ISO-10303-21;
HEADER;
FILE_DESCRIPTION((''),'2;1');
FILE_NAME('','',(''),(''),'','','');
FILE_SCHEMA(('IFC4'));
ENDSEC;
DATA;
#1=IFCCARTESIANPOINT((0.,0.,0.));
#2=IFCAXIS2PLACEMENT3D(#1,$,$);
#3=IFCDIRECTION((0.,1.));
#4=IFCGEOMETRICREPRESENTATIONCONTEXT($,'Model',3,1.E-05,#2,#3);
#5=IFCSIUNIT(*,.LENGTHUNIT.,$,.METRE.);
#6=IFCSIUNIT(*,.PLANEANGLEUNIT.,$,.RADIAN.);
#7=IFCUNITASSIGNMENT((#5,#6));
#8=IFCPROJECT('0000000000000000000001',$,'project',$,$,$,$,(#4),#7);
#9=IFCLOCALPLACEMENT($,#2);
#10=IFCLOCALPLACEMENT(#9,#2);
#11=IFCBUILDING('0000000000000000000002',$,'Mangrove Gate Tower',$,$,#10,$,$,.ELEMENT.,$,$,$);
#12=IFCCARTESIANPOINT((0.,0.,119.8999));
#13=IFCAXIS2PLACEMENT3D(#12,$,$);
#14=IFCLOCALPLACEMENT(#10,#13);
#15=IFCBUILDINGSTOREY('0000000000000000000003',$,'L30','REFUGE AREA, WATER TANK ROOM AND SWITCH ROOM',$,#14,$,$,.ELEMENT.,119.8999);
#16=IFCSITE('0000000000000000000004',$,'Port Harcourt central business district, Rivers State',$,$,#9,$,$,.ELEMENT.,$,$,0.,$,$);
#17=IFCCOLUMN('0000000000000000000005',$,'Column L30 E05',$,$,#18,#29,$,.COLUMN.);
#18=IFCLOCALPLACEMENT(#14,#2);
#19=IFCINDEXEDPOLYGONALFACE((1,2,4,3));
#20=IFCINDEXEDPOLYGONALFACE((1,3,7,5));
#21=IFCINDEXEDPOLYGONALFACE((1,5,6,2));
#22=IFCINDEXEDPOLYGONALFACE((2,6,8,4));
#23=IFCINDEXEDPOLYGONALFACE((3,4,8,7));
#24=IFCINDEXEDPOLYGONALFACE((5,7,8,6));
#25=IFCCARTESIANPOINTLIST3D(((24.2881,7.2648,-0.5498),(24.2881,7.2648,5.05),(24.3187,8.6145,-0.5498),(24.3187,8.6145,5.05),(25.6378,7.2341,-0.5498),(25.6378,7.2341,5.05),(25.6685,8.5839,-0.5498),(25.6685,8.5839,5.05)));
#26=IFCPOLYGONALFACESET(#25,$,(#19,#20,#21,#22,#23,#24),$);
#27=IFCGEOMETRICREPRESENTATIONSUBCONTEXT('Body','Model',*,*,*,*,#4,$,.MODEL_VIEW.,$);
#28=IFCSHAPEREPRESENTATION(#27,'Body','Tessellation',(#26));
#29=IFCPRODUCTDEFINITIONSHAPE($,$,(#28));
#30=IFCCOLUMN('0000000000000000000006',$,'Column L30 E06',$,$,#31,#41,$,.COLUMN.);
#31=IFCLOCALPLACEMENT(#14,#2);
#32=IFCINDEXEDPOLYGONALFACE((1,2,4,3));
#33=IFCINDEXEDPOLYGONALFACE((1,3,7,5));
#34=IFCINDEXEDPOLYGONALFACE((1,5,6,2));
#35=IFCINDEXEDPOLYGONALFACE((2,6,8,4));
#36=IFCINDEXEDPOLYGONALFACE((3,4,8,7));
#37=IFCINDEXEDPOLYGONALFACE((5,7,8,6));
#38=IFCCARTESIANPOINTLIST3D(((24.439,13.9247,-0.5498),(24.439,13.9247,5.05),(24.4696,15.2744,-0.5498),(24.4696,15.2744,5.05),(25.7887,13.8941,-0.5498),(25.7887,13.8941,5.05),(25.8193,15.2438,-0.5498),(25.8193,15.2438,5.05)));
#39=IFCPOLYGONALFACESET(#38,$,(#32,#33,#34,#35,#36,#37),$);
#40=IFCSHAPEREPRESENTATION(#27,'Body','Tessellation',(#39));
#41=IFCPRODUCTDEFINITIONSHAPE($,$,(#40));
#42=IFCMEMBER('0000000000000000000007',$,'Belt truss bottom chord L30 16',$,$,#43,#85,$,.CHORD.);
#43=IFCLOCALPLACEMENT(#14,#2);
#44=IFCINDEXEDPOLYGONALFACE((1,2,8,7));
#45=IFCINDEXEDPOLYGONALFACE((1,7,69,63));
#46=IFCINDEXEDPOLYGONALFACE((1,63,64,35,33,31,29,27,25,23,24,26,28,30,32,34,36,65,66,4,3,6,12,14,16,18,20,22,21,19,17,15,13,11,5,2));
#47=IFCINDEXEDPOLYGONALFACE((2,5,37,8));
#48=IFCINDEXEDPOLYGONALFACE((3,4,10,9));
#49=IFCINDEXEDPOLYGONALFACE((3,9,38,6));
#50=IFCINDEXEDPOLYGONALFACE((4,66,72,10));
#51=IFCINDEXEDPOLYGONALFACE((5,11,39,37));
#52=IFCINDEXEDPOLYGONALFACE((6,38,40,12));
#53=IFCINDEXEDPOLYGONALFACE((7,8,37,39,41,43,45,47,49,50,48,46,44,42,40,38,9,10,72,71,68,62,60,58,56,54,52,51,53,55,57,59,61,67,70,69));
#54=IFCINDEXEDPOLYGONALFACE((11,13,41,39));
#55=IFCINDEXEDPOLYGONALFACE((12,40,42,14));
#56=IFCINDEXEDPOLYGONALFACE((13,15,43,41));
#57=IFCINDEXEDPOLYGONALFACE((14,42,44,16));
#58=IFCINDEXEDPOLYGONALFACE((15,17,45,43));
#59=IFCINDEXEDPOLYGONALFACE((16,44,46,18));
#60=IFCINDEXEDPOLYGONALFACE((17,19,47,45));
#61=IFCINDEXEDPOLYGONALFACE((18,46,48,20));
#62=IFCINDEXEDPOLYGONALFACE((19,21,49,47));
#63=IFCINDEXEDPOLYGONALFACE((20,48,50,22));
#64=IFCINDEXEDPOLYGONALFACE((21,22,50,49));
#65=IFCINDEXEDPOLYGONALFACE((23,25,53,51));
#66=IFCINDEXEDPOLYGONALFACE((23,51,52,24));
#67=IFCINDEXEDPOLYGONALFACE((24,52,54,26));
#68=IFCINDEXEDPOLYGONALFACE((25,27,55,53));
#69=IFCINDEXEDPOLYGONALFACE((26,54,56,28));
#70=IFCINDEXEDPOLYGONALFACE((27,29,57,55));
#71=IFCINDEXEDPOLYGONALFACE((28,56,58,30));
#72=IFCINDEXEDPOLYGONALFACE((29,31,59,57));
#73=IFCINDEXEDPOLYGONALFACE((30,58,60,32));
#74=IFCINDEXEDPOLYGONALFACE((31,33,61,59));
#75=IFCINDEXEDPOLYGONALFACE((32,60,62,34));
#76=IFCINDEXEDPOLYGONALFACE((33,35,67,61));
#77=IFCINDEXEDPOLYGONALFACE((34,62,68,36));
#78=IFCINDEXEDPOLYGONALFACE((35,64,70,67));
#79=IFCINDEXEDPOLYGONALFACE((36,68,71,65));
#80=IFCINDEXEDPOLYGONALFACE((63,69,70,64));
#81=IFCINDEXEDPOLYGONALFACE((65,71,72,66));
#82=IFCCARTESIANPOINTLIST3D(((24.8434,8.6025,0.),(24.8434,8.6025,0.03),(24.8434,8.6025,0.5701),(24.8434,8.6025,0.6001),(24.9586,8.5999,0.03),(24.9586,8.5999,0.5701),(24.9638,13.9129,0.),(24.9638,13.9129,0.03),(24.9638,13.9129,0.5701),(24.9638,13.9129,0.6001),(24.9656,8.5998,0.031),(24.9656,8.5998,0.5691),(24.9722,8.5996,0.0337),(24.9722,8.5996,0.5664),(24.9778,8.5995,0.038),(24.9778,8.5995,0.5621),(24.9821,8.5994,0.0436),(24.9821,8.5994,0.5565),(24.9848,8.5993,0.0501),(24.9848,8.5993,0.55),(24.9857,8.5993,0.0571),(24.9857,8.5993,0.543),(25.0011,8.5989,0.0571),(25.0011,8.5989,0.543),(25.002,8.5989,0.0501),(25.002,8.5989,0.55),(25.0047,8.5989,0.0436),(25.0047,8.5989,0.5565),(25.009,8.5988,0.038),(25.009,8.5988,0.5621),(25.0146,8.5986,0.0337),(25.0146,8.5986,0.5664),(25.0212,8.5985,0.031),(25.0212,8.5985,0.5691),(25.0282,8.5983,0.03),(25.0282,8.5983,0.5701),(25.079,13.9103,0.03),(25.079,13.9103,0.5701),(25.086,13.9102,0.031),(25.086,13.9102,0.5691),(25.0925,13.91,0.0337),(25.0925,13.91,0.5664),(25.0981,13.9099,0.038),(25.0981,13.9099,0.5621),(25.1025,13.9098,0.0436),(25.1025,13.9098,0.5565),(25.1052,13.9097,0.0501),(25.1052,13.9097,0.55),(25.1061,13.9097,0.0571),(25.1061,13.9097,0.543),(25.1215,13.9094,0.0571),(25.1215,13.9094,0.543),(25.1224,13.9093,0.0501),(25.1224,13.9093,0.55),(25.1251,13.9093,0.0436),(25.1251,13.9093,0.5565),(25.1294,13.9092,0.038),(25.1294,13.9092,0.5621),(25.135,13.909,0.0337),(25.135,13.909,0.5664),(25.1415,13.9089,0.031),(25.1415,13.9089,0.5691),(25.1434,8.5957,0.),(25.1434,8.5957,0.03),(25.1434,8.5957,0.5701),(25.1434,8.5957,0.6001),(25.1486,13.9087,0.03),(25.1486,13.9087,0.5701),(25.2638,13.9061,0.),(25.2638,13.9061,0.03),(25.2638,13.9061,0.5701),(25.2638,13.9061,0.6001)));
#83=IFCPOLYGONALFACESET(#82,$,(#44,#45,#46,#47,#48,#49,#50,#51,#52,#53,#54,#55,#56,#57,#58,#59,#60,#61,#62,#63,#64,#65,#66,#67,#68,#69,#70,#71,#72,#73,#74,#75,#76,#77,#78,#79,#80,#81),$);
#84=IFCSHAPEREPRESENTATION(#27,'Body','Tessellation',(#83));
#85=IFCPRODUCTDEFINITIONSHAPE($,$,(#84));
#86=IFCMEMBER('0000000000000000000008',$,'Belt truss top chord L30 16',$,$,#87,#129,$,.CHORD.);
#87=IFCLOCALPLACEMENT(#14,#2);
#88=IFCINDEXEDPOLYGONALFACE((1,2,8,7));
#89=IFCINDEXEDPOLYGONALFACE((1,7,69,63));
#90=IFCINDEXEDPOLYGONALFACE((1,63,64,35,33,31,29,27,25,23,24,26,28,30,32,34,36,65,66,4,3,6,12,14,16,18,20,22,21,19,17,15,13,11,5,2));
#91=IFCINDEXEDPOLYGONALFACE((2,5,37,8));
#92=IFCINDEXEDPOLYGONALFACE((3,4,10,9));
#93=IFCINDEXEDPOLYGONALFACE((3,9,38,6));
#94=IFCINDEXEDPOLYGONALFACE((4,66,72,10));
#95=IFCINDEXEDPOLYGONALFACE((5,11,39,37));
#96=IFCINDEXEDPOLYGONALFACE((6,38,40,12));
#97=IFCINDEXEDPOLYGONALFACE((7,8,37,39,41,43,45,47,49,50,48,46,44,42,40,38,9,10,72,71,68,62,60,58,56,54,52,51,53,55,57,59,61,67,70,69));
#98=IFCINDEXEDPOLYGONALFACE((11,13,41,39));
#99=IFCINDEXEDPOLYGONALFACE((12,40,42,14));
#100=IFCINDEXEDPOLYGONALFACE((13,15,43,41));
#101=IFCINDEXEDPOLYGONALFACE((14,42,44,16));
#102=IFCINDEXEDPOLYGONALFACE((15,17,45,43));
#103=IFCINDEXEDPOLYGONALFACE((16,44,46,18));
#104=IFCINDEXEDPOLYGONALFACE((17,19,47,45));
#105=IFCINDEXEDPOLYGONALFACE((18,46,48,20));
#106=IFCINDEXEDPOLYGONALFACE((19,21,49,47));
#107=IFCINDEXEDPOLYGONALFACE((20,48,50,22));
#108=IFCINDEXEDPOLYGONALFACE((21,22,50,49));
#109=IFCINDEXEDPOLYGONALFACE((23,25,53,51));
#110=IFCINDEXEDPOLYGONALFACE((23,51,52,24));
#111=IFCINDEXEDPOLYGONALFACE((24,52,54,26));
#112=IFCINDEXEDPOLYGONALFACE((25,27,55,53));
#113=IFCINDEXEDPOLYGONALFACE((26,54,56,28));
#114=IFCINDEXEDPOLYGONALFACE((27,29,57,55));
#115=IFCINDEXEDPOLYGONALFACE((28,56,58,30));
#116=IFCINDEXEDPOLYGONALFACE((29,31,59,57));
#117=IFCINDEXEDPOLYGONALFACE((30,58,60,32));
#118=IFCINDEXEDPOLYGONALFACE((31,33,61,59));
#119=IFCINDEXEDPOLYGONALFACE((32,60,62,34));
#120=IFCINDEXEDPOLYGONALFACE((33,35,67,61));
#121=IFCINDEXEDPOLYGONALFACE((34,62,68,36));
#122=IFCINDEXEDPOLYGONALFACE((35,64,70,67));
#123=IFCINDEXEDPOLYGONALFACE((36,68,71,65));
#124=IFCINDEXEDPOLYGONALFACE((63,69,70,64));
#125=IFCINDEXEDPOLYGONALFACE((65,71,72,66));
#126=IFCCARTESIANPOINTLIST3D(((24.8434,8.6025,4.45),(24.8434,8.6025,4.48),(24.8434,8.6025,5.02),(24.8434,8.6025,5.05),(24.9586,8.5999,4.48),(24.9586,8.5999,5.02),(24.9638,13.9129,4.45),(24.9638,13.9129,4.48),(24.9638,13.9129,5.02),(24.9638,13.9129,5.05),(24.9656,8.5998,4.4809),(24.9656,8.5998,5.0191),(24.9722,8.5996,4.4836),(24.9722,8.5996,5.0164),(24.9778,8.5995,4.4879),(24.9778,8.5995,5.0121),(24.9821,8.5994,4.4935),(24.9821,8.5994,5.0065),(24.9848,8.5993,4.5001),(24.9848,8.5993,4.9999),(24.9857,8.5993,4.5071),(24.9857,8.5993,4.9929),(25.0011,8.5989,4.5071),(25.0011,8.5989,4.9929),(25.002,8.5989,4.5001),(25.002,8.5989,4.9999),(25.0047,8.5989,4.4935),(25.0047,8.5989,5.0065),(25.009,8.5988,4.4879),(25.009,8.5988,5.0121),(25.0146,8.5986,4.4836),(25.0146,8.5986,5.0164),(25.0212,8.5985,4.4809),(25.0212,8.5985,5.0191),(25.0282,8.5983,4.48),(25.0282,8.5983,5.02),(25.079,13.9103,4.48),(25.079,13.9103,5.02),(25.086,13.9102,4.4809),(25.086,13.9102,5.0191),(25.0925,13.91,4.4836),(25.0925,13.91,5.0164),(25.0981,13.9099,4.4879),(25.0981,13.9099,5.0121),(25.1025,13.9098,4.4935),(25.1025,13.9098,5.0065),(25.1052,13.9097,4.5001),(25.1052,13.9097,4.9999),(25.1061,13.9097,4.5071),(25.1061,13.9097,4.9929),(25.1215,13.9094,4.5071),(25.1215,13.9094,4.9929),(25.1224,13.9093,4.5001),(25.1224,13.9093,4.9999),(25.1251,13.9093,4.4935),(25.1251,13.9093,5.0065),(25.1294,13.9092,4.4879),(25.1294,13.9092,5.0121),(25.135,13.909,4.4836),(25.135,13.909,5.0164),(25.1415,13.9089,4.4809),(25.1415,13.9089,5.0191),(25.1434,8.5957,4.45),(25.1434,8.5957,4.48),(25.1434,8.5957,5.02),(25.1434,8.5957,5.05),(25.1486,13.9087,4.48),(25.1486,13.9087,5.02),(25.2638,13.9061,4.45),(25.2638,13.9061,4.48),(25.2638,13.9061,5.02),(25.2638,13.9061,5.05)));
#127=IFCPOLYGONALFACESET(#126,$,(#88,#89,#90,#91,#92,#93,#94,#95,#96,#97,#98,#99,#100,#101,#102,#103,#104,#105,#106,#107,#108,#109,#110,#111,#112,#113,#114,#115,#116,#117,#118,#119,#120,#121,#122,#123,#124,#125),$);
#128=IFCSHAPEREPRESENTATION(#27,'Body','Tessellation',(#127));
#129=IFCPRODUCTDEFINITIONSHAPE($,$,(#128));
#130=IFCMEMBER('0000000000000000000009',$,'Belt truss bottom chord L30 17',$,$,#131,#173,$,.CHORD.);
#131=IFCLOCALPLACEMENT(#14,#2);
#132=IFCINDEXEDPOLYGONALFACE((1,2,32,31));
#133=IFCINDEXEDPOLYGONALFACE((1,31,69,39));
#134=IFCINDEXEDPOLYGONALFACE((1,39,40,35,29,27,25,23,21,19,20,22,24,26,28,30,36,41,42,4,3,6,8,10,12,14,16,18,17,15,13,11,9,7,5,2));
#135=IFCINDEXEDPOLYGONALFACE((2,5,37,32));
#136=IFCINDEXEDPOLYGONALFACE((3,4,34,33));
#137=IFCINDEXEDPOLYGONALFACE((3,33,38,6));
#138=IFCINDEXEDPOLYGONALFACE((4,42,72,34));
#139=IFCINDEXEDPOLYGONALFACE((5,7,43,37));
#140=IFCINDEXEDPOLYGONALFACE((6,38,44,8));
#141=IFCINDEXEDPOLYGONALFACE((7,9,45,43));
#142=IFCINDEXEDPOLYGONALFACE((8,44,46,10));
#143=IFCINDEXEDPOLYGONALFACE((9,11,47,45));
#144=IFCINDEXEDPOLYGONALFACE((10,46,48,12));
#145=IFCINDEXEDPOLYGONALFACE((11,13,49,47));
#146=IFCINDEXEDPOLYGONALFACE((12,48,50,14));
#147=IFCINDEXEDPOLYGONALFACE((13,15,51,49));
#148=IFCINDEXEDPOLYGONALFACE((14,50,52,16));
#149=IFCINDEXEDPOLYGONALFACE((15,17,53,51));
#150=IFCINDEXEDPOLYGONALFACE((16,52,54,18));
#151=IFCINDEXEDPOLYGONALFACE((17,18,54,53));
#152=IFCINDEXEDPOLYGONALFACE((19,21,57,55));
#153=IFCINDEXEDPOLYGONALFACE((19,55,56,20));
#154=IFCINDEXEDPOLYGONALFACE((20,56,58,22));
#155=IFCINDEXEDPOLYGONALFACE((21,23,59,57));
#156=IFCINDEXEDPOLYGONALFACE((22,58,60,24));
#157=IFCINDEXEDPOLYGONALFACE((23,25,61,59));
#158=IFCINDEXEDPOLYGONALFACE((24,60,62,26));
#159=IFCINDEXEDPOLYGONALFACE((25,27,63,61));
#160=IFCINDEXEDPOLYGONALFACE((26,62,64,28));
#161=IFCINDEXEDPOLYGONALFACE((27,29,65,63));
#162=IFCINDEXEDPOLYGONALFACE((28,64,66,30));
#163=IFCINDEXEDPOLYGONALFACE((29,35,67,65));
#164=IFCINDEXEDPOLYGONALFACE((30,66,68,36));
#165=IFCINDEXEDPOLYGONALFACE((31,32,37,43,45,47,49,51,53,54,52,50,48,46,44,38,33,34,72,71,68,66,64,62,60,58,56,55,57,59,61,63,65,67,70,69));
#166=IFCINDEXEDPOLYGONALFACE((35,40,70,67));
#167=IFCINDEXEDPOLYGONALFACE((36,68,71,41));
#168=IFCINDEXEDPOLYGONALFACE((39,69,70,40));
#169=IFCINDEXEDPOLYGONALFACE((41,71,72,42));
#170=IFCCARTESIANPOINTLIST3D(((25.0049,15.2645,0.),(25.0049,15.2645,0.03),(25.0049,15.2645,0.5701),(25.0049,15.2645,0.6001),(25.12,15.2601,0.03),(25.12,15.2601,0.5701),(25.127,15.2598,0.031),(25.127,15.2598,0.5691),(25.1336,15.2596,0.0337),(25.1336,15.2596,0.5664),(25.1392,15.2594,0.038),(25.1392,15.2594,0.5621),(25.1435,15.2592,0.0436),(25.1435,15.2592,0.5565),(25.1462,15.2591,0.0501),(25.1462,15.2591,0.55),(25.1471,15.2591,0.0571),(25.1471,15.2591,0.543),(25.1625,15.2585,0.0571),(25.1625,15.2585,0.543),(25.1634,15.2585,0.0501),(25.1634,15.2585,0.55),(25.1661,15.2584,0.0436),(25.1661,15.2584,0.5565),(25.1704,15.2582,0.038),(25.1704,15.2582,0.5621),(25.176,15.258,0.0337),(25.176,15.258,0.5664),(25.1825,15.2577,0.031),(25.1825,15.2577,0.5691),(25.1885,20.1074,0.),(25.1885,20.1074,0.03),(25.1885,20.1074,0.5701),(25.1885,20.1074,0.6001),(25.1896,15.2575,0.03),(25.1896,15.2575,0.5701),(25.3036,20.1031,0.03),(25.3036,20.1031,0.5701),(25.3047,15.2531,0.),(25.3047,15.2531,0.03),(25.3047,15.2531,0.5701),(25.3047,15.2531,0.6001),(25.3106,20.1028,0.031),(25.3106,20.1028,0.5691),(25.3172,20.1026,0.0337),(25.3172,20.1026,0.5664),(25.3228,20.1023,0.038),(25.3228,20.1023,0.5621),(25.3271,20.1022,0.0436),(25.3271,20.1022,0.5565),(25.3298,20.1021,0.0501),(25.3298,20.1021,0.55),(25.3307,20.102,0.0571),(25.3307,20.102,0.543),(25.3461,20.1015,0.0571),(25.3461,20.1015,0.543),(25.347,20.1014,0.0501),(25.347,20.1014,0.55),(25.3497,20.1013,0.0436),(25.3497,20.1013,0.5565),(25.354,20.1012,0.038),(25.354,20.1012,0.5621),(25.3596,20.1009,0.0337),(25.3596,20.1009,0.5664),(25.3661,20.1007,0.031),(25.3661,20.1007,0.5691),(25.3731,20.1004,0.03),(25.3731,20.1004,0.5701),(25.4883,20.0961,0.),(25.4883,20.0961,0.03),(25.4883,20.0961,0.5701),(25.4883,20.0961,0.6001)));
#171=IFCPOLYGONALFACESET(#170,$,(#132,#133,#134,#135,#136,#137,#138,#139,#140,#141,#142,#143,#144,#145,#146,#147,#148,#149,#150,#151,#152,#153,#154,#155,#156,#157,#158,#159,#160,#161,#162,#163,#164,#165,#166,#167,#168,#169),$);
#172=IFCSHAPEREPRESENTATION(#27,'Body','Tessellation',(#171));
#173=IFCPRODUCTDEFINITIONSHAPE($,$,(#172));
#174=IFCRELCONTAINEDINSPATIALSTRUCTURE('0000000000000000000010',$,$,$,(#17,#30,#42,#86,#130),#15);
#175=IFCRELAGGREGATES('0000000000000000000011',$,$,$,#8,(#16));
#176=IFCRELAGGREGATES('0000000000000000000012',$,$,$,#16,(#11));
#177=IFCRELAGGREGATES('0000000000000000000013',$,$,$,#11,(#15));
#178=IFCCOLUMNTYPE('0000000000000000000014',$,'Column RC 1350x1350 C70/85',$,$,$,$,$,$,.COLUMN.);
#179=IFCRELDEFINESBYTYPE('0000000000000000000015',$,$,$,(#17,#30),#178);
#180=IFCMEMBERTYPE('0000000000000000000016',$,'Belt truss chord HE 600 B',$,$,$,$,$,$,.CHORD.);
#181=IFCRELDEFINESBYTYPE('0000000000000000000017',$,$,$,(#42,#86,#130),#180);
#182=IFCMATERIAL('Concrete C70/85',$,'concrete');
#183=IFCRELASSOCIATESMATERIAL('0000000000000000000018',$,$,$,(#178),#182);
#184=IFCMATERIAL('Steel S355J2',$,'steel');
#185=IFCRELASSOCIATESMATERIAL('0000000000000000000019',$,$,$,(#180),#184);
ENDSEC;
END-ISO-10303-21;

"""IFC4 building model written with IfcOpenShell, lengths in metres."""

from ifc_helpers import new_model, si_unit, direction, frame, origin, origin_2d, place, context, subcontext, project, spatial, rectangle, i_section, extrude, material, material_profile, profile_set, type_object, element, save


model = new_model("IFC4")

# Units and contexts
model_context = context("Model", 3, precision=1e-05, world=origin(), true_north=direction((0.0, 1.0)))
body_context = subcontext(model_context, "Body", "Model", "MODEL_VIEW")
ifc_project = project(units=[si_unit("LENGTHUNIT", "METRE"), si_unit("PLANEANGLEUNIT", "RADIAN")], contexts=[model_context])

# Site, building, storey
site_placement = place(None, origin())
site = spatial("IfcSite", under=ifc_project, at=site_placement, Name="Port Harcourt central business district, Rivers State", CompositionType="ELEMENT", RefElevation=0.0)
building_placement = place(site_placement, origin())
building = spatial("IfcBuilding", under=site, at=building_placement, Name="Mangrove Gate Tower", CompositionType="ELEMENT")
storey_placement = place(building_placement, frame((0.0, 0.0, 119.8999)))
storey = spatial("IfcBuildingStorey", under=building, at=storey_placement, Name="L30", Description="REFUGE AREA, WATER TANK ROOM AND SWITCH ROOM", CompositionType="ELEMENT", Elevation=119.8999)

# Columns
ifc_material_1 = material(Name="Concrete C70/85", Category="concrete")
ifc_material_profile_1 = material_profile(ifc_material_1, rectangle(XDim=1.3501, YDim=1.3501, at=origin_2d()))
ifc_profile_set_1 = profile_set([ifc_material_profile_1], Name="Concrete C70/85")
column_type = type_object("IfcColumnType", Name="Column RC 1350x1350 C70/85", PredefinedType="COLUMN", material=ifc_profile_set_1)
for number, where, z_axis, x_axis, name in (
    (1, (24.9783, 7.9243, -0.5498), (0.0, 0.0, 1.0), (0.022682, 0.999743, 0.0), "Column L30 E05"),
    (2, (25.1292, 14.5842, -0.5498), (0.0, 0.0, 1.0), (0.022665, 0.999743, 0.0), "Column L30 E06"),
):
    element("IfcColumn", number, at=place(storey_placement, frame(where, z_axis=z_axis, x_axis=x_axis)), inside=storey, type_object=column_type, Name=name, PredefinedType="COLUMN", context=body_context, shape_type="SweptSolid", body=[
        extrude(rectangle(XDim=1.3501, YDim=1.3501, at=origin_2d()), origin(), (0.0, 0.0, 1.0), 5.5999),
    ])

# Members
ifc_material_2 = material(Name="Steel S355J2", Category="steel")
ifc_material_profile_2 = material_profile(ifc_material_2, i_section(OverallWidth=0.3, OverallDepth=0.6001, WebThickness=0.0154, FlangeThickness=0.03, FilletRadius=0.0271, at=origin_2d()))
ifc_profile_set_2 = profile_set([ifc_material_profile_2], Name="Steel S355J2")
member_type_1 = type_object("IfcMemberType", Name="Belt truss chord HE 600 B", PredefinedType="CHORD", material=ifc_profile_set_2)
for number, where, z_axis, x_axis, name in (
    (3, (24.9934, 8.5991, 0.3), (0.02266, 0.999743, 0.0), (-0.999743, 0.02266, 0.0), "Belt truss bottom chord L30 16"),
    (4, (24.9934, 8.5991, 4.75), (0.02266, 0.999743, 0.0), (-0.999743, 0.02266, 0.0), "Belt truss top chord L30 16"),
):
    element("IfcMember", number, at=place(storey_placement, frame(where, z_axis=z_axis, x_axis=x_axis)), inside=storey, type_object=member_type_1, Name=name, PredefinedType="CHORD", context=body_context, shape_type="SweptSolid", body=[
        extrude(i_section(OverallWidth=0.3, OverallDepth=0.6001, WebThickness=0.0154, FlangeThickness=0.03, FilletRadius=0.0271, at=origin_2d()), origin(), (0.0, 0.0, 1.0), 5.3118),
    ])
for number, where, z_axis, x_axis, name in (
    (5, (25.1548, 15.2588, 0.3), (0.037882, 0.999282, 0.0), (-0.999282, 0.037882, 0.0), "Belt truss bottom chord L30 17"),
):
    element("IfcMember", number, at=place(storey_placement, frame(where, z_axis=z_axis, x_axis=x_axis)), inside=storey, type_object=member_type_1, Name=name, PredefinedType="CHORD", context=body_context, shape_type="SweptSolid", body=[
        extrude(i_section(OverallWidth=0.3, OverallDepth=0.6001, WebThickness=0.0154, FlangeThickness=0.03, FilletRadius=0.0271, at=origin_2d()), origin(), (0.0, 0.0, 1.0), 4.8464),
    ])

save(model, "model.ifc")
